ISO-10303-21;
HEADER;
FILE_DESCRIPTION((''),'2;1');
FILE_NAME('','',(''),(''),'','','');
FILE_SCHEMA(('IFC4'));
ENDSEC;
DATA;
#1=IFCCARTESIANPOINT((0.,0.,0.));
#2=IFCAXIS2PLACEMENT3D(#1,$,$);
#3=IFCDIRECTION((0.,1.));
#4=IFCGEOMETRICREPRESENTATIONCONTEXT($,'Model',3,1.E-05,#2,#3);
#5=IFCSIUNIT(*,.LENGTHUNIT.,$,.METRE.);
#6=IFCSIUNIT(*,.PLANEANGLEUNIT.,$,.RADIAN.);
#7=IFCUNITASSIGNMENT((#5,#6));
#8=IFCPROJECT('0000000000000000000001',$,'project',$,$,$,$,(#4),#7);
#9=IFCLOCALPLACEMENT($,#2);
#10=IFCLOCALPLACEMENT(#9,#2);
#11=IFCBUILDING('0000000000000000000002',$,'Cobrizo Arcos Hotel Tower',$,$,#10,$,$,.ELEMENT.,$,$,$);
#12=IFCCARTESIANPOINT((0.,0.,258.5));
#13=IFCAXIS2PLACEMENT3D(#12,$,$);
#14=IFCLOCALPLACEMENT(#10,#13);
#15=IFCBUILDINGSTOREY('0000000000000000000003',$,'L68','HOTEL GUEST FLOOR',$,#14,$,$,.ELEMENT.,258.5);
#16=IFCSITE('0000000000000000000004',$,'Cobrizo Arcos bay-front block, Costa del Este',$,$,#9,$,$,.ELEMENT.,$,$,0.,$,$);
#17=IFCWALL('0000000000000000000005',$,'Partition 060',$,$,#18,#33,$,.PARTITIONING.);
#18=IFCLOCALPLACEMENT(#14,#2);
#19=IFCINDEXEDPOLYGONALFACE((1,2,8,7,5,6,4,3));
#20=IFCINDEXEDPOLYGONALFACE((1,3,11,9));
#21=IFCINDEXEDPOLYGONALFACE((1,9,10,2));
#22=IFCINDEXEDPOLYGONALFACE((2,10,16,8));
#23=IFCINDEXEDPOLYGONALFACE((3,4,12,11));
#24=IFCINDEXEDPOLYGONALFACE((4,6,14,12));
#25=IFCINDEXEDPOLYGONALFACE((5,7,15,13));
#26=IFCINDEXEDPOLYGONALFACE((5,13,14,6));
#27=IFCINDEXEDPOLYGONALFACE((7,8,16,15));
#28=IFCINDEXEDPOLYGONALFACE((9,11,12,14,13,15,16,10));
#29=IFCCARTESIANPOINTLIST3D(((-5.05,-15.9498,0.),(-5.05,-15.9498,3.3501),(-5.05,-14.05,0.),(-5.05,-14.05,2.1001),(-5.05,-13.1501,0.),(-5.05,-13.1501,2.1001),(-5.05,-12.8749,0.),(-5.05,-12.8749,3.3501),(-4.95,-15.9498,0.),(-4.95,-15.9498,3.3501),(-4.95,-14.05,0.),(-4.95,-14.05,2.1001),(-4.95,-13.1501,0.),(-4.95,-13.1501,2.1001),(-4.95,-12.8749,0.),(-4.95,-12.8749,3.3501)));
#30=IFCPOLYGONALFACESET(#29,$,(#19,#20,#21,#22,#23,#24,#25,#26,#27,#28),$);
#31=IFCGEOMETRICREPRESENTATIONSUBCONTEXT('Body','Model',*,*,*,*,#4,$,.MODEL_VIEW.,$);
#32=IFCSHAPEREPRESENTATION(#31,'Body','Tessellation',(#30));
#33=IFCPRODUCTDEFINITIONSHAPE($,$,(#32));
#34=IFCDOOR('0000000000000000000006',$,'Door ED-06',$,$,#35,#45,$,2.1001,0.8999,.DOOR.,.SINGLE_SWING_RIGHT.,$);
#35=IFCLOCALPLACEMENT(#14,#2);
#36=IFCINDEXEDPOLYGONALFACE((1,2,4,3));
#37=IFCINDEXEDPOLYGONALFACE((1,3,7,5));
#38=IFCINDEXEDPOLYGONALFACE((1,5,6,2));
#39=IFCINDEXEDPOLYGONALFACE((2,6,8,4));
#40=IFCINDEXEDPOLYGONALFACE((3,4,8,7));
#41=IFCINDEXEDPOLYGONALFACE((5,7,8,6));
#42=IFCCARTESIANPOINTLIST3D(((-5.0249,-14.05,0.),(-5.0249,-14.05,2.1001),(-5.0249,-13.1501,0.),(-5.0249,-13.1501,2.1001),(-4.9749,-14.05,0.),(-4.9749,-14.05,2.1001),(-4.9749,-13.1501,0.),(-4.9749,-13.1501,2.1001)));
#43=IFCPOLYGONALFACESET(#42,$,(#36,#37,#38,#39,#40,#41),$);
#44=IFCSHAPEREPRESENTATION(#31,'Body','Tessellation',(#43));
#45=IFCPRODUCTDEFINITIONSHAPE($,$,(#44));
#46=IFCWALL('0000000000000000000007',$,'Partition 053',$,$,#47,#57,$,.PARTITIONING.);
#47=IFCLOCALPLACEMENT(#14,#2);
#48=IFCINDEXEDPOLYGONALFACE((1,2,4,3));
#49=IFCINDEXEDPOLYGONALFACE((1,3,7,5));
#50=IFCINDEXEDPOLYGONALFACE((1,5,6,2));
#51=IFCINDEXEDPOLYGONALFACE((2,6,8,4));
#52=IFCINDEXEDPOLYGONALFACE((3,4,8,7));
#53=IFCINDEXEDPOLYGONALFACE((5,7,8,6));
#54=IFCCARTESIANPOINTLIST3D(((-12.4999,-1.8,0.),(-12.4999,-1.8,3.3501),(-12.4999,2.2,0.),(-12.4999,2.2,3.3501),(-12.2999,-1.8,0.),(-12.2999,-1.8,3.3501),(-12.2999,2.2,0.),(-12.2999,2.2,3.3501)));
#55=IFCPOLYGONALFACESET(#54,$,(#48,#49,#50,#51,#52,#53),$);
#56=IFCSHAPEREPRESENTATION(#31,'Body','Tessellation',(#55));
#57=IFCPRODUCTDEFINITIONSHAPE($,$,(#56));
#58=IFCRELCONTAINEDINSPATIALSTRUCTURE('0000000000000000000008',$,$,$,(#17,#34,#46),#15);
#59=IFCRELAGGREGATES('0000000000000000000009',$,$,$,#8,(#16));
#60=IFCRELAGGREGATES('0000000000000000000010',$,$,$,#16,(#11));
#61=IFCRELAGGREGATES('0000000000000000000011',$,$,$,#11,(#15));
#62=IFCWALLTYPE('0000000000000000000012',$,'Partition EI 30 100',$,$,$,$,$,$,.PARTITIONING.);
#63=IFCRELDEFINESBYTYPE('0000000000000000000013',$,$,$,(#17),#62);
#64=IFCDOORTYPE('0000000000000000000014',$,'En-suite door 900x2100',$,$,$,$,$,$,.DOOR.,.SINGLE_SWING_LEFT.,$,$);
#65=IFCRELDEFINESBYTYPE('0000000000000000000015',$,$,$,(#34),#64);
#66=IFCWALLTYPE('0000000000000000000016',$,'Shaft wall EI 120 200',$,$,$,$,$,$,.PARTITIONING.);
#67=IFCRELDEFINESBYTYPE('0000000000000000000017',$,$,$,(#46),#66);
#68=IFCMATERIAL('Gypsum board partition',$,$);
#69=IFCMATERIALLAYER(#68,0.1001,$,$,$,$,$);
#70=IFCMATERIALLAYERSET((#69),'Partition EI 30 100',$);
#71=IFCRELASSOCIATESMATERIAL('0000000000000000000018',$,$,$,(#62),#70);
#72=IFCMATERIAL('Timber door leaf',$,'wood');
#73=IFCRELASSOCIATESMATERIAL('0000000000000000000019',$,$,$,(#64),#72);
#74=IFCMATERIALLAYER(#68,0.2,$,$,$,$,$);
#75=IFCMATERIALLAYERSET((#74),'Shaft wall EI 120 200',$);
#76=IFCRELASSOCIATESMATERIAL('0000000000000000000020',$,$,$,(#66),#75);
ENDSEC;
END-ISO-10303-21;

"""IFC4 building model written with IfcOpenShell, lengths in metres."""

from ifc_helpers import new_model, si_unit, direction, frame, frame_2d, origin, place, context, subcontext, project, spatial, rectangle, extrude, material, layer, layer_set, type_object, element, fill, save


model = new_model("IFC4")

# Units and contexts
model_context = context("Model", 3, precision=1e-05, world=origin(), true_north=direction((0.0, 1.0)))
body_context = subcontext(model_context, "Body", "Model", "MODEL_VIEW")
ifc_project = project(units=[si_unit("LENGTHUNIT", "METRE"), si_unit("PLANEANGLEUNIT", "RADIAN")], contexts=[model_context])

# Site, building, storey
site_placement = place(None, origin())
site = spatial("IfcSite", under=ifc_project, at=site_placement, Name="Cobrizo Arcos bay-front block, Costa del Este", CompositionType="ELEMENT", RefElevation=0.0)
building_placement = place(site_placement, origin())
building = spatial("IfcBuilding", under=site, at=building_placement, Name="Cobrizo Arcos Hotel Tower", CompositionType="ELEMENT")
storey_placement = place(building_placement, frame((0.0, 0.0, 258.5)))
storey = spatial("IfcBuildingStorey", under=building, at=storey_placement, Name="L68", Description="HOTEL GUEST FLOOR", CompositionType="ELEMENT", Elevation=258.5)

# Shared definitions
ifc_material_1 = material(Name="Gypsum board partition")
ifc_material_2 = material(Name="Timber door leaf", Category="wood")

# Shared definitions
ifc_layer_1 = layer(ifc_material_1, 0.1001)
ifc_layer_set_1 = layer_set([ifc_layer_1], Name="Partition EI 30 100")
wall_type_1 = type_object("IfcWallType", Name="Partition EI 30 100", PredefinedType="PARTITIONING", material=ifc_layer_set_1)
door_type_1 = type_object("IfcDoorType", Name="En-suite door 900x2100", OperationType="SINGLE_SWING_LEFT", PredefinedType="DOOR", material=ifc_material_2)

# Wall, opening, door
wall_1_placement = place(storey_placement, frame((-5.0, -15.95, 0.0), z_axis=(0.0, 0.0, 1.0), x_axis=(0.0, 1.0, 0.0)))
wall_1 = element("IfcWall", 1, at=wall_1_placement, inside=storey, type_object=wall_type_1, Name="Partition 060", PredefinedType="PARTITIONING", context=body_context, shape_type="SweptSolid", body=[
    extrude(rectangle(XDim=3.075, YDim=0.1001, at=frame_2d((1.5376, 0.0))), origin(), (0.0, 0.0, 1.0), 3.3501),
])
opening_1_placement = place(wall_1_placement, frame((1.8999, 0.0, 0.0)))
opening_1 = element("IfcOpeningElement", 2, at=opening_1_placement, cuts=wall_1, PredefinedType="OPENING", context=body_context, shape_type="SweptSolid", body=[
    extrude(rectangle(XDim=0.8999, YDim=2.1001, at=frame_2d((0.45, 1.05))), frame((0.0, 0.062, 0.0), z_axis=(0.0, -1.0, 0.0), x_axis=(1.0, 0.0, 0.0)), (0.0, 0.0, 1.0), 0.124),
])
door_1_placement = place(opening_1_placement, origin())
door_1 = element("IfcDoor", 3, at=door_1_placement, inside=storey, type_object=door_type_1, Name="Door ED-06", OperationType="SINGLE_SWING_RIGHT", OverallHeight=2.1001, OverallWidth=0.8999, PredefinedType="DOOR", context=body_context, shape_type="SweptSolid", body=[
    extrude(rectangle(XDim=0.8999, YDim=2.1001, at=frame_2d((0.45, 1.05))), frame((0.0, 0.0249, 0.0), z_axis=(0.0, -1.0, 0.0), x_axis=(1.0, 0.0, 0.0)), (0.0, 0.0, 1.0), 0.05),
])
fill(opening_1, door_1)

# Wall
ifc_layer_2 = layer(ifc_material_1, 0.2)
ifc_layer_set_2 = layer_set([ifc_layer_2], Name="Shaft wall EI 120 200")
wall_type_2 = type_object("IfcWallType", Name="Shaft wall EI 120 200", PredefinedType="PARTITIONING", material=ifc_layer_set_2)
wall_2_placement = place(storey_placement, frame((-12.3999, -1.8, 0.0), z_axis=(0.0, 0.0, 1.0), x_axis=(0.0, 1.0, 0.0)))
element("IfcWall", 4, at=wall_2_placement, inside=storey, type_object=wall_type_2, Name="Partition 053", PredefinedType="PARTITIONING", context=body_context, shape_type="SweptSolid", body=[
    extrude(rectangle(XDim=4.0, YDim=0.2, at=frame_2d((2.0, 0.0))), origin(), (0.0, 0.0, 1.0), 3.3501),
])

save(model, "model.ifc")
